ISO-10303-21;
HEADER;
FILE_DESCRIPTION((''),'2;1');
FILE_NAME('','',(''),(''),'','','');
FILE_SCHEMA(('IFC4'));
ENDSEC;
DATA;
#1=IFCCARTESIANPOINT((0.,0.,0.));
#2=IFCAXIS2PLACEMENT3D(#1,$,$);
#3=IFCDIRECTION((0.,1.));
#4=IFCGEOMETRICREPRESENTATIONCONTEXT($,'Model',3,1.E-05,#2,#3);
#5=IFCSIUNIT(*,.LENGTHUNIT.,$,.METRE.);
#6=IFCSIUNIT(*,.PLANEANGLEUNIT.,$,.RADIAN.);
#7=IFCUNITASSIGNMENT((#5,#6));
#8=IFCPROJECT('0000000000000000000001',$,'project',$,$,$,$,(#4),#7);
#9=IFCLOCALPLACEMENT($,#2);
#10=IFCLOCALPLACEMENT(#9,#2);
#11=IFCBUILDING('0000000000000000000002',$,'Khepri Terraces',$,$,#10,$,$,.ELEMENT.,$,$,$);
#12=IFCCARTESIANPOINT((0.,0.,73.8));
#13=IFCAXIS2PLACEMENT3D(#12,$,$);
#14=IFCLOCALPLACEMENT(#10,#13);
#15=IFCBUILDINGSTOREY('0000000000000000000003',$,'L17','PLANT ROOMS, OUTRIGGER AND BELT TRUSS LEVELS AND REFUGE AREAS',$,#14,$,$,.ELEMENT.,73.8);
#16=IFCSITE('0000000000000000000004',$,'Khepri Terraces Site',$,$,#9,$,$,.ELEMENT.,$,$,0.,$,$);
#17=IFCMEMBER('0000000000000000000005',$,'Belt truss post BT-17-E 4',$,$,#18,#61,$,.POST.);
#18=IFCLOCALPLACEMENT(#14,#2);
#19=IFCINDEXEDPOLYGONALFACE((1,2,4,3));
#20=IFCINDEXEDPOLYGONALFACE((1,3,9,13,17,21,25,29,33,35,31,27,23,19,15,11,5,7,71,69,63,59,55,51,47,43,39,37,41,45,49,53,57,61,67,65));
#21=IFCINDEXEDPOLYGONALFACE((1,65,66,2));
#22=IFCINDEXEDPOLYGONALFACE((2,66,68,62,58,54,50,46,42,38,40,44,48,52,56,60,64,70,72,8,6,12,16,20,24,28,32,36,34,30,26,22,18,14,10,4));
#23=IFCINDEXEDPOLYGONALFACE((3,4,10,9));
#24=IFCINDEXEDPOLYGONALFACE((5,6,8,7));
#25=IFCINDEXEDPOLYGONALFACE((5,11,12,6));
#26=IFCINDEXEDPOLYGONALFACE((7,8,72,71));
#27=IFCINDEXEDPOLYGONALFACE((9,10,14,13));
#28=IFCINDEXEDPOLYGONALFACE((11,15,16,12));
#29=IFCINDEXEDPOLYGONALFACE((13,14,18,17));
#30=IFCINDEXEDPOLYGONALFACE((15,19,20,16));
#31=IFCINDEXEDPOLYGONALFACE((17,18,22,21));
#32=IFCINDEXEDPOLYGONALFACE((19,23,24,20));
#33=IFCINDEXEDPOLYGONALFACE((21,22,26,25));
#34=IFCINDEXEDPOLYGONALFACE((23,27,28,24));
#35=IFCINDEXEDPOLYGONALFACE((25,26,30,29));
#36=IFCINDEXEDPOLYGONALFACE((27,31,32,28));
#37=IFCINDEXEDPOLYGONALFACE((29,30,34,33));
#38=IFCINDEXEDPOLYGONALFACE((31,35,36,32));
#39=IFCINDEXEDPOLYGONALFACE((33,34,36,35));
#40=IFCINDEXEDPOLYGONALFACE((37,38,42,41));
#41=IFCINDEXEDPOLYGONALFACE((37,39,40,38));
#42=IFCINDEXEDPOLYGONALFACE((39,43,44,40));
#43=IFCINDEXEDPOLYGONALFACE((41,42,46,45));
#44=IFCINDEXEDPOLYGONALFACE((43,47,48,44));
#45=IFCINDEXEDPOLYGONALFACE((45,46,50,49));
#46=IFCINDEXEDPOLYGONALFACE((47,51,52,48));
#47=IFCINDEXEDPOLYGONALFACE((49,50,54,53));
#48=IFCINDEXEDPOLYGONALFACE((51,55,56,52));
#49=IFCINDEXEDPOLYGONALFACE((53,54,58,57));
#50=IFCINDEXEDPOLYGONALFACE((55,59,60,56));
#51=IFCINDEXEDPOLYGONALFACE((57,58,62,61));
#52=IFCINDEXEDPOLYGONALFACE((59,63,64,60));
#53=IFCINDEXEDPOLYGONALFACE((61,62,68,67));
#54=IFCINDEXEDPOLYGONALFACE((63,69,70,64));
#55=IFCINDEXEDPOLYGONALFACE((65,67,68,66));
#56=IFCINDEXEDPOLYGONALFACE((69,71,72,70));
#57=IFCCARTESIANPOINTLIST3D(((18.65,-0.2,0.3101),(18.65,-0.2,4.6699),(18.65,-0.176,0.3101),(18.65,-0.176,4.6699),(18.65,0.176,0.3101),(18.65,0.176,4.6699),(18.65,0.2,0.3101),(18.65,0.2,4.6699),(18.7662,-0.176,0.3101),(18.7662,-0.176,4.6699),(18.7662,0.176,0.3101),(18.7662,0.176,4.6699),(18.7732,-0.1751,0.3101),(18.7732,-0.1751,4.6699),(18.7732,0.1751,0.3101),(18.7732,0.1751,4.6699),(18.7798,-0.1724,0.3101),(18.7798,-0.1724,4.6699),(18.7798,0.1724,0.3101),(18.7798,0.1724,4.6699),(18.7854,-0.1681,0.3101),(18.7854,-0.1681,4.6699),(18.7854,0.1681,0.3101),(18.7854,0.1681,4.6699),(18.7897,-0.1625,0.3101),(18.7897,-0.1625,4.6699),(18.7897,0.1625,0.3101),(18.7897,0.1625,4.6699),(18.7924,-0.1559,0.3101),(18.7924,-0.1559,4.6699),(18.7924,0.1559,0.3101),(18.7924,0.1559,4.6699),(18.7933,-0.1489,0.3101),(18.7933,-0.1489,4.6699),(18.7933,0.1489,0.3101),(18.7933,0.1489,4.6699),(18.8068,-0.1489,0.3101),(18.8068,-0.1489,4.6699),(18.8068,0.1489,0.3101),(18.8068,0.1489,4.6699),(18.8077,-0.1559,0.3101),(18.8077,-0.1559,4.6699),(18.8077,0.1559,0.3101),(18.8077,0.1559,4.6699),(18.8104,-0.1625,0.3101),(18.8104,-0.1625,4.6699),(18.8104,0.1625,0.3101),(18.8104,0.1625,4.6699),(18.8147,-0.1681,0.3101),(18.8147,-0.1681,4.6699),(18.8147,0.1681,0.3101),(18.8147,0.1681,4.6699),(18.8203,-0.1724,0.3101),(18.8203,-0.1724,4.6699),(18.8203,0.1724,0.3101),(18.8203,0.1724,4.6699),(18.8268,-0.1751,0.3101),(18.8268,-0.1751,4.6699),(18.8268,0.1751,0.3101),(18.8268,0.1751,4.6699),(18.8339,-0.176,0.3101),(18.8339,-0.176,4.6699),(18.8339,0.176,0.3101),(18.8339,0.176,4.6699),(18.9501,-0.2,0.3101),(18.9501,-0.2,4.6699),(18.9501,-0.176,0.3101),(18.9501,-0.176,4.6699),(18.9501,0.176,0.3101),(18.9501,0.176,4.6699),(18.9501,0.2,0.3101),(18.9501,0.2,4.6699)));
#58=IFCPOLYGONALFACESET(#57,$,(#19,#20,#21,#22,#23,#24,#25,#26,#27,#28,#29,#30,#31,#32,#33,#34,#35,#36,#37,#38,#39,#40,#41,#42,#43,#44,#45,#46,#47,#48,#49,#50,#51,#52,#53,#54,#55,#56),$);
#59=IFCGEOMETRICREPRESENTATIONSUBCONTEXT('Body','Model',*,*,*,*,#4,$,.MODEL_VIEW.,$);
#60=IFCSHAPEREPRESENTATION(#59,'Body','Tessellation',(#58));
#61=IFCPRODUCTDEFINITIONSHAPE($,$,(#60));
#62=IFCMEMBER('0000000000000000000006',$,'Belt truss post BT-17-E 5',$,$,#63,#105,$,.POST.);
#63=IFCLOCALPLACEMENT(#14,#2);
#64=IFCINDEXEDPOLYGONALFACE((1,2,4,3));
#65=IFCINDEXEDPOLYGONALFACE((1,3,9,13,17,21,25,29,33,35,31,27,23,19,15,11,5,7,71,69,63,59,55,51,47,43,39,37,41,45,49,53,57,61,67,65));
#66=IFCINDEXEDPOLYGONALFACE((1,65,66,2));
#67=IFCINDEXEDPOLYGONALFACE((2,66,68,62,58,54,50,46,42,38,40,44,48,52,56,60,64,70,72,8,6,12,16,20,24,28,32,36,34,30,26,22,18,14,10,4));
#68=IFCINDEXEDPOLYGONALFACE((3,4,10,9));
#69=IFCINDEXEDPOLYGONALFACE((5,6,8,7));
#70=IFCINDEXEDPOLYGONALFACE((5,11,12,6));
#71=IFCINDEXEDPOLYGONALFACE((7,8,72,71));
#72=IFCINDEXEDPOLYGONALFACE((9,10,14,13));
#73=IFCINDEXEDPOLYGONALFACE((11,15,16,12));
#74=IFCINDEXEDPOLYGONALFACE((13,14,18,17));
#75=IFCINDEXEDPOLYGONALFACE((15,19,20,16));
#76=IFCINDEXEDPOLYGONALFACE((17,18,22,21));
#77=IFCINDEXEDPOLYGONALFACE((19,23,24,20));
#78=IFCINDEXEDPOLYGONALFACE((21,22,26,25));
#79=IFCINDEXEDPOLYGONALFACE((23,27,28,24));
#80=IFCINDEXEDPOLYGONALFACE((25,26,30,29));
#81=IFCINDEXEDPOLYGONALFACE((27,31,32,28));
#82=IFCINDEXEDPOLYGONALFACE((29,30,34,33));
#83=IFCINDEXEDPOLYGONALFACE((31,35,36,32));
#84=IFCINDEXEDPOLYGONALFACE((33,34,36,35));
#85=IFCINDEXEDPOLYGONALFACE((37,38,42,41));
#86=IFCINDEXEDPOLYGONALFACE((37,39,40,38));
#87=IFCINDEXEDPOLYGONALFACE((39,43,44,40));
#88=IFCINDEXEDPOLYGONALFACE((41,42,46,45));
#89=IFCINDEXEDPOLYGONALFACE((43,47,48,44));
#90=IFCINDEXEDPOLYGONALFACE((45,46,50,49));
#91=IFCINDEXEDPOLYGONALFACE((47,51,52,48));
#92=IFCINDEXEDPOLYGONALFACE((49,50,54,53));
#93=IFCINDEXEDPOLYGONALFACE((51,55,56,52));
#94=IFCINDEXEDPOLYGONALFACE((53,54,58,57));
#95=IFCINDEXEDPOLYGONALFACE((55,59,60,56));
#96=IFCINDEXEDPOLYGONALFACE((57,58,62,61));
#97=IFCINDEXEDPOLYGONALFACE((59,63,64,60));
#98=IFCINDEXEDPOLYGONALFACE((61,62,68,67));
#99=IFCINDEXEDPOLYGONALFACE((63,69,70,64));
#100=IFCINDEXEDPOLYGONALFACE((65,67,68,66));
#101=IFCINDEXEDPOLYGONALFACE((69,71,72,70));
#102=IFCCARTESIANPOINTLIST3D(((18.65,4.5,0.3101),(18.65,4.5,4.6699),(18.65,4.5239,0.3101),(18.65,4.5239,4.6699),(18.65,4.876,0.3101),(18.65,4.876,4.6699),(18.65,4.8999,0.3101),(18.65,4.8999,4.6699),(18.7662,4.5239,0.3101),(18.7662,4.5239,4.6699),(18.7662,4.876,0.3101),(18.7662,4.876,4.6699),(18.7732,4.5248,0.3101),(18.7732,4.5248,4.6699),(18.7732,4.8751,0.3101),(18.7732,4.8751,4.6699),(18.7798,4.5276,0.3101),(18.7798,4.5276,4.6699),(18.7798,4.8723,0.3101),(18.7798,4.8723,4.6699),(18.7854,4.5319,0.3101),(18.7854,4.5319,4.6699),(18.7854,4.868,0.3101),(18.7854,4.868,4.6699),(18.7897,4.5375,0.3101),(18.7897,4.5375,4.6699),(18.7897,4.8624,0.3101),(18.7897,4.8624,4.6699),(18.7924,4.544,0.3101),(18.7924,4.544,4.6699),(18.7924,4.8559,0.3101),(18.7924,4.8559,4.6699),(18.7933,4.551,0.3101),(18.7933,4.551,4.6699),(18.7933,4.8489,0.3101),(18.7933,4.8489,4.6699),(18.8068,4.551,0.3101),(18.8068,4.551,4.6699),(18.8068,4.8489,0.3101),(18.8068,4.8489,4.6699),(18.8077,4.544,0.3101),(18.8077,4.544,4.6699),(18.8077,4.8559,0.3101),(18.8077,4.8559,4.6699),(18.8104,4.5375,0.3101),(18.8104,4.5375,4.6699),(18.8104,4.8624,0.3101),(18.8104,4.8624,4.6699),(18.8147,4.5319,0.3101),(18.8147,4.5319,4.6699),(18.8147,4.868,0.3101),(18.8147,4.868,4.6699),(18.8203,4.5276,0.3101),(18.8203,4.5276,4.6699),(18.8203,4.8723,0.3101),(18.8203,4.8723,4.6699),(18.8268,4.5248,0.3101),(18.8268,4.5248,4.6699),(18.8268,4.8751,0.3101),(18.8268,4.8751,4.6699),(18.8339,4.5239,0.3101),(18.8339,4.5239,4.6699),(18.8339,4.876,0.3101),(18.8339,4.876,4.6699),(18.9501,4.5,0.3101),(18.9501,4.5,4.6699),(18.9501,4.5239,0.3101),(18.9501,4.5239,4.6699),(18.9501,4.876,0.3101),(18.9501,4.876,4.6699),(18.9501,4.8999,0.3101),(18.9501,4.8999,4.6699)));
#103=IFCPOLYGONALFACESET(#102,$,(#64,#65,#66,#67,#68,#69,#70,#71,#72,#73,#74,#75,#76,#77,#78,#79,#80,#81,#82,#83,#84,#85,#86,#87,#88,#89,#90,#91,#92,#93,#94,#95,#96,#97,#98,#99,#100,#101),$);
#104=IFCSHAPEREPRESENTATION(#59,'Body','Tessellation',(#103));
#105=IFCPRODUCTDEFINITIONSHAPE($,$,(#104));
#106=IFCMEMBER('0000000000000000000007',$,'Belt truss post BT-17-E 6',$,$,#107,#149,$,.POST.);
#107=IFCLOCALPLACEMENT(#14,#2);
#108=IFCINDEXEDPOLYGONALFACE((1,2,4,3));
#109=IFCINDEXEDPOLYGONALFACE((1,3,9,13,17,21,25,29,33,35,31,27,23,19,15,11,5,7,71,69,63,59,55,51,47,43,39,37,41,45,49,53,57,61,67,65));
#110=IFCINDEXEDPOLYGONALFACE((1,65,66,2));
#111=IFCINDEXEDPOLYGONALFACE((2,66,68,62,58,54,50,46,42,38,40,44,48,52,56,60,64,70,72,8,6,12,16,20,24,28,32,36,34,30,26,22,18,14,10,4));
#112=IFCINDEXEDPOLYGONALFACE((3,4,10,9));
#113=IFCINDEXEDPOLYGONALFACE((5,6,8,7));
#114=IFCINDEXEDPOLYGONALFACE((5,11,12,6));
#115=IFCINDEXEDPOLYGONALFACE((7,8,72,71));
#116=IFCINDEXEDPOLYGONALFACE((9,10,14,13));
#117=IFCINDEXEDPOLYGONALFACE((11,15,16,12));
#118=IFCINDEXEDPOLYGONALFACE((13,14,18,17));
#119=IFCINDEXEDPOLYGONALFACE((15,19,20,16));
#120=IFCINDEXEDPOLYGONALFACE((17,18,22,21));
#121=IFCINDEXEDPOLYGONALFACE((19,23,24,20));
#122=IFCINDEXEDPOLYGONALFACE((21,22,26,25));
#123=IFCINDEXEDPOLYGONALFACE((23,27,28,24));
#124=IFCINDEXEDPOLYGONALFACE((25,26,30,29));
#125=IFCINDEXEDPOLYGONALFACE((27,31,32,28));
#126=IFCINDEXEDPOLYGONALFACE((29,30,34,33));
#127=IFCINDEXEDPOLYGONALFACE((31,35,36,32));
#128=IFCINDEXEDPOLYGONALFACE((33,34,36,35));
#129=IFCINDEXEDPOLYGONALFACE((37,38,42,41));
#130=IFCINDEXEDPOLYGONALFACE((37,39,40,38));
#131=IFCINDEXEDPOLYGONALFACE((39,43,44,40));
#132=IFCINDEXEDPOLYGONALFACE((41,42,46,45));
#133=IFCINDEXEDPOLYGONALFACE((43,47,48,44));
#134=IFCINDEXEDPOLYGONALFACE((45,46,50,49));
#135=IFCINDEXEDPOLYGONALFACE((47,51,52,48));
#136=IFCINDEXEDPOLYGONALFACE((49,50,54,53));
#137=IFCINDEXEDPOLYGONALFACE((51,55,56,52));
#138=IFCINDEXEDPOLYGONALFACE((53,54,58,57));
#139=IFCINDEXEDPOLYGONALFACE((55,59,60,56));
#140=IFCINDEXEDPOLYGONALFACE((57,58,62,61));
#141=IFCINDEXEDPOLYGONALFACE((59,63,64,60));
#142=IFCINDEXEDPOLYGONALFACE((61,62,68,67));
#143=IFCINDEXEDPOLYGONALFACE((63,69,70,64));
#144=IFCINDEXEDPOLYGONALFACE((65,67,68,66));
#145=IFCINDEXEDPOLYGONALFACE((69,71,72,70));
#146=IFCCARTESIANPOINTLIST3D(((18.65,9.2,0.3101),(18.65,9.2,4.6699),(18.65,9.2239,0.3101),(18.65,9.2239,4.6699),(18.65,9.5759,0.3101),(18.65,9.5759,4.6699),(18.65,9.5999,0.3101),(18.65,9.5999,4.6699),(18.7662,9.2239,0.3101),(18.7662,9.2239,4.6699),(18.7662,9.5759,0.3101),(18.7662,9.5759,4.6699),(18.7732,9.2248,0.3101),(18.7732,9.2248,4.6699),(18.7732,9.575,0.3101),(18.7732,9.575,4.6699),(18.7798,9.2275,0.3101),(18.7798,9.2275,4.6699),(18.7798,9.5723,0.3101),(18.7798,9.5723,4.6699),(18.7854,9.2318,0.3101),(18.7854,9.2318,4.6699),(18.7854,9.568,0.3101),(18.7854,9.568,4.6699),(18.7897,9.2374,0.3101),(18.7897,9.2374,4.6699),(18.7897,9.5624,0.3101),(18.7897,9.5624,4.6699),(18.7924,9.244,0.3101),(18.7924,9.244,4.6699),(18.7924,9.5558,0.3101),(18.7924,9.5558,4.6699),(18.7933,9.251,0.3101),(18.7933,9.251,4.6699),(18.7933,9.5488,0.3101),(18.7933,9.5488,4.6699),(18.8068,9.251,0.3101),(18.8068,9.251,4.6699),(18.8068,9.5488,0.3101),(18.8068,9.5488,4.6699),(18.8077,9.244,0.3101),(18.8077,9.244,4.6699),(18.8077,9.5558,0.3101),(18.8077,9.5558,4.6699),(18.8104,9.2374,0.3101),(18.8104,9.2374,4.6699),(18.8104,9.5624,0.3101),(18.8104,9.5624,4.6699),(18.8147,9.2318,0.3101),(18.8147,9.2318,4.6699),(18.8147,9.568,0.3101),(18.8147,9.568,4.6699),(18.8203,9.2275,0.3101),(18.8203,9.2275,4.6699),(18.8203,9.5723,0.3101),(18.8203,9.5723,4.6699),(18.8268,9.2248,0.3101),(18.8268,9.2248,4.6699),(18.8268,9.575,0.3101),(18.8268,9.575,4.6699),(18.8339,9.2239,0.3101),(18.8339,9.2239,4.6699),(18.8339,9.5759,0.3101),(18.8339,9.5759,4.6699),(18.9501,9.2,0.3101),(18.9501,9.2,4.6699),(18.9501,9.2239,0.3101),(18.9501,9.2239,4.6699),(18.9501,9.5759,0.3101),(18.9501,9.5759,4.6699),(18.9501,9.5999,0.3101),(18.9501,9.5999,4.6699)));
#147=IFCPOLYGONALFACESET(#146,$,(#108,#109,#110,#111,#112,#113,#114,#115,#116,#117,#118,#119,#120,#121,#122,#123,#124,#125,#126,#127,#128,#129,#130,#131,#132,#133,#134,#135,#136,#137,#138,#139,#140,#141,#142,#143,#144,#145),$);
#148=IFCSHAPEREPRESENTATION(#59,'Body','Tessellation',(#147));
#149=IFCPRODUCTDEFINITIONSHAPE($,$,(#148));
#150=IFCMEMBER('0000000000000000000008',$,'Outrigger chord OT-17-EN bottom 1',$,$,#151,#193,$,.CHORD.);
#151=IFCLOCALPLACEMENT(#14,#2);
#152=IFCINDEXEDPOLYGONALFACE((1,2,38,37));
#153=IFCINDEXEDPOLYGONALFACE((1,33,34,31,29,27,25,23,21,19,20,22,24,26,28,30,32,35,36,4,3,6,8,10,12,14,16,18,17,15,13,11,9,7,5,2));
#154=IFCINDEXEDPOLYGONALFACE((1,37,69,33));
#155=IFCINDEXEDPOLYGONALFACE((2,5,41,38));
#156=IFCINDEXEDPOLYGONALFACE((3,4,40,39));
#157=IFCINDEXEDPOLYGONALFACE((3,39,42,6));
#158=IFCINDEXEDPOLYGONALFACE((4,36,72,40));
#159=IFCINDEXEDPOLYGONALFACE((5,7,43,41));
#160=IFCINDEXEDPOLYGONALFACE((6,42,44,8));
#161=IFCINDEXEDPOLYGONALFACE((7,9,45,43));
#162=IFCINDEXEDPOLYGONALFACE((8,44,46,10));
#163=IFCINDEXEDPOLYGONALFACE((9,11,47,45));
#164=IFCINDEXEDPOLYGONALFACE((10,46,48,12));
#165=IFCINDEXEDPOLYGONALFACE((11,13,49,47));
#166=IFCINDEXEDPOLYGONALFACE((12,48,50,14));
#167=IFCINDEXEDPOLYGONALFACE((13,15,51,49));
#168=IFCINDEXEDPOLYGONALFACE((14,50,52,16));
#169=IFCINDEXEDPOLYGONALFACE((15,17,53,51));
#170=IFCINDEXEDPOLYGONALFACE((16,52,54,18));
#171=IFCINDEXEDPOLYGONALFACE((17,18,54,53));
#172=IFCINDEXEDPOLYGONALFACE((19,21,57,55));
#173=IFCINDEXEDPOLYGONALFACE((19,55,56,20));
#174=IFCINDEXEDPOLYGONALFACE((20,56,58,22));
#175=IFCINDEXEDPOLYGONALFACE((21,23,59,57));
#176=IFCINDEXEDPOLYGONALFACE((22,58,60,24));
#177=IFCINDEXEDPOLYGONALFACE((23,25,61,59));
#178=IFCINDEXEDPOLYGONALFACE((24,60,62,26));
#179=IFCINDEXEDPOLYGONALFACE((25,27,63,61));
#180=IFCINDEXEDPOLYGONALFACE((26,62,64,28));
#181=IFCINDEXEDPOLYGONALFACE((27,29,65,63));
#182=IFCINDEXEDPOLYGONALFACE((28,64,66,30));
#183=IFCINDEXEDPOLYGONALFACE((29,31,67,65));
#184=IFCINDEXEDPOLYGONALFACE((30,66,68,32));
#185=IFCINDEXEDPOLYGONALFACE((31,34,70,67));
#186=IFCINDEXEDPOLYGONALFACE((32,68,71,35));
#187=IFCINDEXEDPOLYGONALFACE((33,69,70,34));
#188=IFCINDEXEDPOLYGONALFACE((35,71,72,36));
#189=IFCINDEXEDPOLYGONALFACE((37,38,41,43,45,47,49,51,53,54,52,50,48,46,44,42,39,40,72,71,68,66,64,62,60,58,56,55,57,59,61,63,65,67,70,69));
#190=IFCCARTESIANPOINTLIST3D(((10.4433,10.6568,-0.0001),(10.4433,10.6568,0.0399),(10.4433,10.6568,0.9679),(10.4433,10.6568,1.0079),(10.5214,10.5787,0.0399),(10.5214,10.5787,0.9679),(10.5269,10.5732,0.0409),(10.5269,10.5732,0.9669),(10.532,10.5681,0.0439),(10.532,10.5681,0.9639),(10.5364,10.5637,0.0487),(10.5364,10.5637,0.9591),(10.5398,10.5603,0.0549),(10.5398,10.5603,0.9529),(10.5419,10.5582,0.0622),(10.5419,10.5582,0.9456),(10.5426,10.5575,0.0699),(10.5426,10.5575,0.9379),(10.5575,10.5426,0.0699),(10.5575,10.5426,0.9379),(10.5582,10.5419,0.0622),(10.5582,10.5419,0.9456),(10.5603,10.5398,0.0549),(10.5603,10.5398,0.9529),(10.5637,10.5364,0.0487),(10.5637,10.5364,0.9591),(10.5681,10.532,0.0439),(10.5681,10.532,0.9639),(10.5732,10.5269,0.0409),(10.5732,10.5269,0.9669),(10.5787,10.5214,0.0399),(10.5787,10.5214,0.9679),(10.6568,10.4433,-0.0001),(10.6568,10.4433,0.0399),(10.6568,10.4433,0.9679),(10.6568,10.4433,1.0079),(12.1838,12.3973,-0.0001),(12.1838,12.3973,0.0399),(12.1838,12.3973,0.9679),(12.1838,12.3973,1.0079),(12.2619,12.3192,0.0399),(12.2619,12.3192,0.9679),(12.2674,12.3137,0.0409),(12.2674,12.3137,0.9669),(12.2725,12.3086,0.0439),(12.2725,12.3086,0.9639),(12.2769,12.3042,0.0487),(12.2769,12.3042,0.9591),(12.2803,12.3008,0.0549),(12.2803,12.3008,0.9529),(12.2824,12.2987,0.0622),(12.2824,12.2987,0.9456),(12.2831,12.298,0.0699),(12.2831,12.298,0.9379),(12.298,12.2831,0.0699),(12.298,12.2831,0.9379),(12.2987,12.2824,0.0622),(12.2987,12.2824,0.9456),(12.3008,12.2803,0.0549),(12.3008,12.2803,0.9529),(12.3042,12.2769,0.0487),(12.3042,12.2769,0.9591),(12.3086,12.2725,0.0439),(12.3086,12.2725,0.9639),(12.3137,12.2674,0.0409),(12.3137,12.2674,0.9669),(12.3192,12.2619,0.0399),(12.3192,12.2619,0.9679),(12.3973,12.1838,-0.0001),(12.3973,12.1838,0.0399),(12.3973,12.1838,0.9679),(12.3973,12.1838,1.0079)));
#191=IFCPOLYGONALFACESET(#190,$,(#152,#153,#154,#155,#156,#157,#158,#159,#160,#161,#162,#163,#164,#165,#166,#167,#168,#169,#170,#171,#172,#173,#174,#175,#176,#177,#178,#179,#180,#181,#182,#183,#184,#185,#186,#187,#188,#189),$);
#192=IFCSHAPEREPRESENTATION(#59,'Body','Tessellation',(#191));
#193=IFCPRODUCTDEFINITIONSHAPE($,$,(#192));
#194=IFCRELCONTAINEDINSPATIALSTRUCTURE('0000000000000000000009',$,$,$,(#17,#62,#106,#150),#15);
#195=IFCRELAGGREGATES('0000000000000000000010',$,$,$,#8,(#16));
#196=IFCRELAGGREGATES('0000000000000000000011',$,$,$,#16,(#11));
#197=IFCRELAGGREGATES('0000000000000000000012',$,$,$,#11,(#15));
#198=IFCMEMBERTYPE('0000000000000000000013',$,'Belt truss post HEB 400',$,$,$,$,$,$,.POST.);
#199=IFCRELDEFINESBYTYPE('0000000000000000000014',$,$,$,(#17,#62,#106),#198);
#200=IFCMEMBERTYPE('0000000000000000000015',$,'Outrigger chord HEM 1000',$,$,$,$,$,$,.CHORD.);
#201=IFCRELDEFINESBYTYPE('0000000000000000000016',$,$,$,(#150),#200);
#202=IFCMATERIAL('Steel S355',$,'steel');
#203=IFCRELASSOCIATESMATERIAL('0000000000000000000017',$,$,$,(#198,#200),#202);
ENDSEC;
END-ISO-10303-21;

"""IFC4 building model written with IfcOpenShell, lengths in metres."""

from ifc_helpers import new_model, si_unit, direction, frame, origin, origin_2d, place, context, subcontext, project, spatial, i_section, extrude, material, material_profile, profile_set, type_object, element, save


model = new_model("IFC4")

# Units and contexts
model_context = context("Model", 3, precision=1e-05, world=origin(), true_north=direction((0.0, 1.0)))
body_context = subcontext(model_context, "Body", "Model", "MODEL_VIEW")
ifc_project = project(units=[si_unit("LENGTHUNIT", "METRE"), si_unit("PLANEANGLEUNIT", "RADIAN")], contexts=[model_context])

# Site, building, storey
site_placement = place(None, origin())
site = spatial("IfcSite", under=ifc_project, at=site_placement, Name="Khepri Terraces Site", CompositionType="ELEMENT", RefElevation=0.0)
building_placement = place(site_placement, origin())
building = spatial("IfcBuilding", under=site, at=building_placement, Name="Khepri Terraces", CompositionType="ELEMENT")
storey_placement = place(building_placement, frame((0.0, 0.0, 73.8)))
storey = spatial("IfcBuildingStorey", under=building, at=storey_placement, Name="L17", Description="PLANT ROOMS, OUTRIGGER AND BELT TRUSS LEVELS AND REFUGE AREAS", CompositionType="ELEMENT", Elevation=73.8)

# Members
ifc_material_1 = material(Name="Steel S355", Category="steel")
ifc_material_profile_1 = material_profile(ifc_material_1, i_section(OverallWidth=0.3, OverallDepth=0.3999, WebThickness=0.0134, FlangeThickness=0.0239, FilletRadius=0.0271, at=origin_2d()), Name="Steel S355", Category="steel")
ifc_profile_set_1 = profile_set([ifc_material_profile_1], Name="Steel S355")
member_type_1 = type_object("IfcMemberType", Name="Belt truss post HEB 400", PredefinedType="POST", material=ifc_profile_set_1)
for number, where, z_axis, x_axis, name in (
    (1, (18.8, 0.0, 0.3101), (0.0, 0.0, 1.0), (1.0, 0.0, 0.0), "Belt truss post BT-17-E 4"),
    (2, (18.8, 4.7, 0.3101), (0.0, 0.0, 1.0), (1.0, 0.0, 0.0), "Belt truss post BT-17-E 5"),
    (3, (18.8, 9.3999, 0.3101), (0.0, 0.0, 1.0), (1.0, 0.0, 0.0), "Belt truss post BT-17-E 6"),
):
    element("IfcMember", number, at=place(storey_placement, frame(where, z_axis=z_axis, x_axis=x_axis)), inside=storey, type_object=member_type_1, Name=name, PredefinedType="POST", context=body_context, shape_type="SweptSolid", body=[
        extrude(i_section(OverallWidth=0.3, OverallDepth=0.3999, WebThickness=0.0134, FlangeThickness=0.0239, FilletRadius=0.0271, at=origin_2d()), origin(), (0.0, 0.0, 1.0), 4.3599),
    ])
ifc_material_profile_2 = material_profile(ifc_material_1, i_section(OverallWidth=0.302, OverallDepth=1.0081, WebThickness=0.021, FlangeThickness=0.04, FilletRadius=0.03, at=origin_2d()), Name="Steel S355", Category="steel")
ifc_profile_set_2 = profile_set([ifc_material_profile_2], Name="Steel S355")
member_type_2 = type_object("IfcMemberType", Name="Outrigger chord HEM 1000", PredefinedType="CHORD", material=ifc_profile_set_2)
for number, where, z_axis, x_axis, name in (
    (4, (10.55, 10.55, 0.5039), (0.707107, 0.707107, 0.0), (-0.707107, 0.707107, 0.0), "Outrigger chord OT-17-EN bottom 1"),
):
    element("IfcMember", number, at=place(storey_placement, frame(where, z_axis=z_axis, x_axis=x_axis)), inside=storey, type_object=member_type_2, Name=name, PredefinedType="CHORD", context=body_context, shape_type="SweptSolid", body=[
        extrude(i_section(OverallWidth=0.302, OverallDepth=1.0081, WebThickness=0.021, FlangeThickness=0.04, FilletRadius=0.03, at=origin_2d()), origin(), (0.0, 0.0, 1.0), 2.4614),
    ])

save(model, "model.ifc")
